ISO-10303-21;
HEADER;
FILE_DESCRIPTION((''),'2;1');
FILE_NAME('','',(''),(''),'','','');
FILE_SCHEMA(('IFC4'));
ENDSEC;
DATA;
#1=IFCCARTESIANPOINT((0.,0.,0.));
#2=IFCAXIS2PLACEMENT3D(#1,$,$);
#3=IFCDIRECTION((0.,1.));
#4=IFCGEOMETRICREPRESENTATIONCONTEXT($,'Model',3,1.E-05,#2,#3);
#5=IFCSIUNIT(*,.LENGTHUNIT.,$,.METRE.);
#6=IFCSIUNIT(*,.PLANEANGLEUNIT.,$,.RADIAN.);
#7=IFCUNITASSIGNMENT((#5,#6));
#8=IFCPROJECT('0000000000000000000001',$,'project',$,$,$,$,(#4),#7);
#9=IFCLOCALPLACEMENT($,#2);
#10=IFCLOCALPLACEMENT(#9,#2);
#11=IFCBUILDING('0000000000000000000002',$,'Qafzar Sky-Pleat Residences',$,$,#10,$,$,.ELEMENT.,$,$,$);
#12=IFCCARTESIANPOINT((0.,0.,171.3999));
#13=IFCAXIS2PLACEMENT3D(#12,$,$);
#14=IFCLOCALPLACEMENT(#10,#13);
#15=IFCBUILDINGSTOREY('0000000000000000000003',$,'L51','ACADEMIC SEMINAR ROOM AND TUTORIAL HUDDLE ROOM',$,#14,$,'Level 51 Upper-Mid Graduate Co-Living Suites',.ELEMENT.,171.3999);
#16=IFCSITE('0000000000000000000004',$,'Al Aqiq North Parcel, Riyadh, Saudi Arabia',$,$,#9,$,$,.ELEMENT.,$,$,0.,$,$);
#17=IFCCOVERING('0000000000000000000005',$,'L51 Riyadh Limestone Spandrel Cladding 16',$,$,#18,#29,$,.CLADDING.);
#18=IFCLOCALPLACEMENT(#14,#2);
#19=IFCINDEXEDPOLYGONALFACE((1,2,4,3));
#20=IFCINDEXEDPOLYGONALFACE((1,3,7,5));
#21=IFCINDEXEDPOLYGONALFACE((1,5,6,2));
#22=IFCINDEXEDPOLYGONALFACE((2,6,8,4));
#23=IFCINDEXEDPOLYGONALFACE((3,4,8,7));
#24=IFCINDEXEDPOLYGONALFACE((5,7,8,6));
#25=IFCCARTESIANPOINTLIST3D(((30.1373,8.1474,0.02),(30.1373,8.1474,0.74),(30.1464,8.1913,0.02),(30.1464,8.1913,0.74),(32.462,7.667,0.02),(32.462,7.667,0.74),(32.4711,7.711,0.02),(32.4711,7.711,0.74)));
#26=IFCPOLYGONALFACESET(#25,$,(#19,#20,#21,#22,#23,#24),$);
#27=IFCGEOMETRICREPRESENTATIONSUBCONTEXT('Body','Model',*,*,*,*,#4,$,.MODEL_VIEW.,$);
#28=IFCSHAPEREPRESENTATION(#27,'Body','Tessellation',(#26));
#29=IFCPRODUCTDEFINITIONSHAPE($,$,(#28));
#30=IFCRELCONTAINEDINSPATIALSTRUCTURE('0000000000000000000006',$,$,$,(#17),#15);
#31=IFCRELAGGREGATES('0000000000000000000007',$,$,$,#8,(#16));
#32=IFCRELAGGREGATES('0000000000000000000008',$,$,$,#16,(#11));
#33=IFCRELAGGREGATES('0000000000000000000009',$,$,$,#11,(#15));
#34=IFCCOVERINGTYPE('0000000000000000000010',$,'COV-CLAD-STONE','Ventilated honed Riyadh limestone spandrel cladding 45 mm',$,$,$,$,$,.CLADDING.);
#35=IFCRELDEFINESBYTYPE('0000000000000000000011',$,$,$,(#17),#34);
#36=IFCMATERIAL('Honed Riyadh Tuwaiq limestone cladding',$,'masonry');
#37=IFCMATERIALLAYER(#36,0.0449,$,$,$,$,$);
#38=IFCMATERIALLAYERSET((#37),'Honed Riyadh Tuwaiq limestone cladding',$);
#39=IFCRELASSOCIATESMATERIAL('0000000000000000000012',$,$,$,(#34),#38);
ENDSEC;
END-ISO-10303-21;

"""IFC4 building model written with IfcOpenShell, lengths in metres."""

from ifc_helpers import new_model, si_unit, direction, frame, origin, origin_2d, place, context, subcontext, project, spatial, rectangle, extrude, source, transform, mapped, material, layer, layer_set, type_object, element, save


model = new_model("IFC4")

# Units and contexts
model_context = context("Model", 3, precision=1e-05, world=origin(), true_north=direction((0.0, 1.0)))
body_context = subcontext(model_context, "Body", "Model", "MODEL_VIEW")
ifc_project = project(units=[si_unit("LENGTHUNIT", "METRE"), si_unit("PLANEANGLEUNIT", "RADIAN")], contexts=[model_context])

# Site, building, storey
site_placement = place(None, origin())
site = spatial("IfcSite", under=ifc_project, at=site_placement, Name="Al Aqiq North Parcel, Riyadh, Saudi Arabia", CompositionType="ELEMENT", RefElevation=0.0)
building_placement = place(site_placement, origin())
building = spatial("IfcBuilding", under=site, at=building_placement, Name="Qafzar Sky-Pleat Residences", CompositionType="ELEMENT")
storey_placement = place(building_placement, frame((0.0, 0.0, 171.3999)))
storey = spatial("IfcBuildingStorey", under=building, at=storey_placement, Name="L51", Description="ACADEMIC SEMINAR ROOM AND TUTORIAL HUDDLE ROOM", LongName="Level 51 Upper-Mid Graduate Co-Living Suites", CompositionType="ELEMENT", Elevation=171.3999)

# Covering
ifc_material_1 = material(Name="Honed Riyadh Tuwaiq limestone cladding", Category="masonry")
ifc_layer_1 = layer(ifc_material_1, 0.0449)
ifc_layer_set_1 = layer_set([ifc_layer_1], Name="Honed Riyadh Tuwaiq limestone cladding")
covering_type = type_object("IfcCoveringType", Name="COV-CLAD-STONE", Description="Ventilated honed Riyadh limestone spandrel cladding 45 mm", PredefinedType="CLADDING", material=ifc_layer_set_1)
shared_shape_1 = source(origin(), body_context, "Body", "SweptSolid", [
    extrude(rectangle(XDim=2.3738, YDim=0.0449, at=origin_2d()), origin(), (0.0, 0.0, 1.0), 0.72),
])
covering_placement = place(storey_placement, frame((31.3042, 7.9292, 0.02), z_axis=(0.0, 0.0, 1.0), x_axis=(0.979316, -0.202339, 0.0)))
element("IfcCovering", 1, at=covering_placement, inside=storey, type_object=covering_type, Name="L51 Riyadh Limestone Spandrel Cladding 16", PredefinedType="CLADDING", context=body_context, shape_type="MappedRepresentation", body=[
    mapped(shared_shape_1, transform((0.0, 0.0, 0.0), x_axis=(1.0, 0.0, 0.0), y_axis=(0.0, 1.0, 0.0), z_axis=(0.0, 0.0, 1.0), scale=1.0)),
])

save(model, "model.ifc")
